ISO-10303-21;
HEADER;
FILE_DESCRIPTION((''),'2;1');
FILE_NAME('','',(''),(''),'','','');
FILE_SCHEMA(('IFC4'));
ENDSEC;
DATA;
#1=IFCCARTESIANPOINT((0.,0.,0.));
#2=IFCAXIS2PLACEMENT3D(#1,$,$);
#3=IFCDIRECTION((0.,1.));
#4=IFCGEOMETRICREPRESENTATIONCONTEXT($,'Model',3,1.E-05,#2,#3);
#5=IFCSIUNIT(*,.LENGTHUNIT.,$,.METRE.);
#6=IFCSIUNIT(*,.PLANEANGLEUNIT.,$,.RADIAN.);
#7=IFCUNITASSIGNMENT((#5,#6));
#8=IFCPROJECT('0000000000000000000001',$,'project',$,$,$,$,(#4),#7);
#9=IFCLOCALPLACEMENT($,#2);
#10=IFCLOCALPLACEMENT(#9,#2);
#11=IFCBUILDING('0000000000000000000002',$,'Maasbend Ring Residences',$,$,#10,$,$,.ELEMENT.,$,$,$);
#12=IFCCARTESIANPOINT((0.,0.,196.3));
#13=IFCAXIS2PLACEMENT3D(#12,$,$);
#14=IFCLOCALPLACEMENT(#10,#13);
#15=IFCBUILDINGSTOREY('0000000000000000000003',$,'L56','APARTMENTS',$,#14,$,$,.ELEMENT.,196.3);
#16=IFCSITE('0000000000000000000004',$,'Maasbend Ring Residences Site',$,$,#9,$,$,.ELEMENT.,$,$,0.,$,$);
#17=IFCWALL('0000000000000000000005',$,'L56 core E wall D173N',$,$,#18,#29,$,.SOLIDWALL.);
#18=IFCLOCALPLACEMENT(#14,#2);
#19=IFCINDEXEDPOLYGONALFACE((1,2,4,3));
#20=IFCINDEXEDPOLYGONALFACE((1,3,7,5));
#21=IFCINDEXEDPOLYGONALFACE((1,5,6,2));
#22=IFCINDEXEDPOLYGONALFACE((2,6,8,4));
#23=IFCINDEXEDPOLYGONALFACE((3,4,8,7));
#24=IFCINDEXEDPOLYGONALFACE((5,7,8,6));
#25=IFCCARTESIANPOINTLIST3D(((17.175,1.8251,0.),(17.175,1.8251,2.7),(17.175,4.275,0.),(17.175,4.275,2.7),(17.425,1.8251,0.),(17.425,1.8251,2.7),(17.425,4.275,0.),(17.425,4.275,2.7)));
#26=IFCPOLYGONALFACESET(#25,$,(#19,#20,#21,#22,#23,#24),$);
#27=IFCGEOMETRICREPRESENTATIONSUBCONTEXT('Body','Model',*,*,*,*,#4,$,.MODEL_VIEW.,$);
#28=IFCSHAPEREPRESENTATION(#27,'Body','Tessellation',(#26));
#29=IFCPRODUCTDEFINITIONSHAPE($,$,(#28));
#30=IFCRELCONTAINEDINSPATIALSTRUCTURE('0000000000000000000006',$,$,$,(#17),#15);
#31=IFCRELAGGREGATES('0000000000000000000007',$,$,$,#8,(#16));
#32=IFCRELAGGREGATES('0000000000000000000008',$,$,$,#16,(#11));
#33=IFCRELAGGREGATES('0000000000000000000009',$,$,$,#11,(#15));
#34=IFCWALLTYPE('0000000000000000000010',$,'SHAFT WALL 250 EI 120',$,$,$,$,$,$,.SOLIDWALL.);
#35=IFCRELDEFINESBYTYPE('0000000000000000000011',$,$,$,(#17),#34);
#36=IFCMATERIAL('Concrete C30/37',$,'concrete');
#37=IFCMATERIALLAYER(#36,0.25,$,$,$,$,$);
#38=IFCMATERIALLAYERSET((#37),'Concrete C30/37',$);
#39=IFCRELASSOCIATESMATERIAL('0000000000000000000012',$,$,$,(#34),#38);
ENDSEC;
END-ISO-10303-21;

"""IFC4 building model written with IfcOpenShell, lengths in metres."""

from ifc_helpers import new_model, si_unit, direction, frame, frame_2d, origin, place, context, subcontext, project, spatial, rectangle, extrude, material, layer, layer_set, type_object, element, save


model = new_model("IFC4")

# Units and contexts
model_context = context("Model", 3, precision=1e-05, world=origin(), true_north=direction((0.0, 1.0)))
body_context = subcontext(model_context, "Body", "Model", "MODEL_VIEW")
ifc_project = project(units=[si_unit("LENGTHUNIT", "METRE"), si_unit("PLANEANGLEUNIT", "RADIAN")], contexts=[model_context])

# Site, building, storey
site_placement = place(None, origin())
site = spatial("IfcSite", under=ifc_project, at=site_placement, Name="Maasbend Ring Residences Site", CompositionType="ELEMENT", RefElevation=0.0)
building_placement = place(site_placement, origin())
building = spatial("IfcBuilding", under=site, at=building_placement, Name="Maasbend Ring Residences", CompositionType="ELEMENT")
storey_placement = place(building_placement, frame((0.0, 0.0, 196.3)))
storey = spatial("IfcBuildingStorey", under=building, at=storey_placement, Name="L56", Description="APARTMENTS", CompositionType="ELEMENT", Elevation=196.3)

# Wall
ifc_material_1 = material(Name="Concrete C30/37", Category="concrete")
ifc_layer_1 = layer(ifc_material_1, 0.25)
ifc_layer_set_1 = layer_set([ifc_layer_1], Name="Concrete C30/37")
wall_type_1 = type_object("IfcWallType", Name="SHAFT WALL 250 EI 120", PredefinedType="SOLIDWALL", material=ifc_layer_set_1)
wall_1_placement = place(storey_placement, frame((17.3, 1.825, 0.0), z_axis=(0.0, 0.0, 1.0), x_axis=(0.0, 1.0, 0.0)))
element("IfcWall", 1, at=wall_1_placement, inside=storey, type_object=wall_type_1, Name="L56 core E wall D173N", PredefinedType="SOLIDWALL", context=body_context, shape_type="SweptSolid", body=[
    extrude(rectangle(XDim=2.45, YDim=0.25, at=frame_2d((1.2251, 0.0))), origin(), (0.0, 0.0, 1.0), 2.7),
])

save(model, "model.ifc")
